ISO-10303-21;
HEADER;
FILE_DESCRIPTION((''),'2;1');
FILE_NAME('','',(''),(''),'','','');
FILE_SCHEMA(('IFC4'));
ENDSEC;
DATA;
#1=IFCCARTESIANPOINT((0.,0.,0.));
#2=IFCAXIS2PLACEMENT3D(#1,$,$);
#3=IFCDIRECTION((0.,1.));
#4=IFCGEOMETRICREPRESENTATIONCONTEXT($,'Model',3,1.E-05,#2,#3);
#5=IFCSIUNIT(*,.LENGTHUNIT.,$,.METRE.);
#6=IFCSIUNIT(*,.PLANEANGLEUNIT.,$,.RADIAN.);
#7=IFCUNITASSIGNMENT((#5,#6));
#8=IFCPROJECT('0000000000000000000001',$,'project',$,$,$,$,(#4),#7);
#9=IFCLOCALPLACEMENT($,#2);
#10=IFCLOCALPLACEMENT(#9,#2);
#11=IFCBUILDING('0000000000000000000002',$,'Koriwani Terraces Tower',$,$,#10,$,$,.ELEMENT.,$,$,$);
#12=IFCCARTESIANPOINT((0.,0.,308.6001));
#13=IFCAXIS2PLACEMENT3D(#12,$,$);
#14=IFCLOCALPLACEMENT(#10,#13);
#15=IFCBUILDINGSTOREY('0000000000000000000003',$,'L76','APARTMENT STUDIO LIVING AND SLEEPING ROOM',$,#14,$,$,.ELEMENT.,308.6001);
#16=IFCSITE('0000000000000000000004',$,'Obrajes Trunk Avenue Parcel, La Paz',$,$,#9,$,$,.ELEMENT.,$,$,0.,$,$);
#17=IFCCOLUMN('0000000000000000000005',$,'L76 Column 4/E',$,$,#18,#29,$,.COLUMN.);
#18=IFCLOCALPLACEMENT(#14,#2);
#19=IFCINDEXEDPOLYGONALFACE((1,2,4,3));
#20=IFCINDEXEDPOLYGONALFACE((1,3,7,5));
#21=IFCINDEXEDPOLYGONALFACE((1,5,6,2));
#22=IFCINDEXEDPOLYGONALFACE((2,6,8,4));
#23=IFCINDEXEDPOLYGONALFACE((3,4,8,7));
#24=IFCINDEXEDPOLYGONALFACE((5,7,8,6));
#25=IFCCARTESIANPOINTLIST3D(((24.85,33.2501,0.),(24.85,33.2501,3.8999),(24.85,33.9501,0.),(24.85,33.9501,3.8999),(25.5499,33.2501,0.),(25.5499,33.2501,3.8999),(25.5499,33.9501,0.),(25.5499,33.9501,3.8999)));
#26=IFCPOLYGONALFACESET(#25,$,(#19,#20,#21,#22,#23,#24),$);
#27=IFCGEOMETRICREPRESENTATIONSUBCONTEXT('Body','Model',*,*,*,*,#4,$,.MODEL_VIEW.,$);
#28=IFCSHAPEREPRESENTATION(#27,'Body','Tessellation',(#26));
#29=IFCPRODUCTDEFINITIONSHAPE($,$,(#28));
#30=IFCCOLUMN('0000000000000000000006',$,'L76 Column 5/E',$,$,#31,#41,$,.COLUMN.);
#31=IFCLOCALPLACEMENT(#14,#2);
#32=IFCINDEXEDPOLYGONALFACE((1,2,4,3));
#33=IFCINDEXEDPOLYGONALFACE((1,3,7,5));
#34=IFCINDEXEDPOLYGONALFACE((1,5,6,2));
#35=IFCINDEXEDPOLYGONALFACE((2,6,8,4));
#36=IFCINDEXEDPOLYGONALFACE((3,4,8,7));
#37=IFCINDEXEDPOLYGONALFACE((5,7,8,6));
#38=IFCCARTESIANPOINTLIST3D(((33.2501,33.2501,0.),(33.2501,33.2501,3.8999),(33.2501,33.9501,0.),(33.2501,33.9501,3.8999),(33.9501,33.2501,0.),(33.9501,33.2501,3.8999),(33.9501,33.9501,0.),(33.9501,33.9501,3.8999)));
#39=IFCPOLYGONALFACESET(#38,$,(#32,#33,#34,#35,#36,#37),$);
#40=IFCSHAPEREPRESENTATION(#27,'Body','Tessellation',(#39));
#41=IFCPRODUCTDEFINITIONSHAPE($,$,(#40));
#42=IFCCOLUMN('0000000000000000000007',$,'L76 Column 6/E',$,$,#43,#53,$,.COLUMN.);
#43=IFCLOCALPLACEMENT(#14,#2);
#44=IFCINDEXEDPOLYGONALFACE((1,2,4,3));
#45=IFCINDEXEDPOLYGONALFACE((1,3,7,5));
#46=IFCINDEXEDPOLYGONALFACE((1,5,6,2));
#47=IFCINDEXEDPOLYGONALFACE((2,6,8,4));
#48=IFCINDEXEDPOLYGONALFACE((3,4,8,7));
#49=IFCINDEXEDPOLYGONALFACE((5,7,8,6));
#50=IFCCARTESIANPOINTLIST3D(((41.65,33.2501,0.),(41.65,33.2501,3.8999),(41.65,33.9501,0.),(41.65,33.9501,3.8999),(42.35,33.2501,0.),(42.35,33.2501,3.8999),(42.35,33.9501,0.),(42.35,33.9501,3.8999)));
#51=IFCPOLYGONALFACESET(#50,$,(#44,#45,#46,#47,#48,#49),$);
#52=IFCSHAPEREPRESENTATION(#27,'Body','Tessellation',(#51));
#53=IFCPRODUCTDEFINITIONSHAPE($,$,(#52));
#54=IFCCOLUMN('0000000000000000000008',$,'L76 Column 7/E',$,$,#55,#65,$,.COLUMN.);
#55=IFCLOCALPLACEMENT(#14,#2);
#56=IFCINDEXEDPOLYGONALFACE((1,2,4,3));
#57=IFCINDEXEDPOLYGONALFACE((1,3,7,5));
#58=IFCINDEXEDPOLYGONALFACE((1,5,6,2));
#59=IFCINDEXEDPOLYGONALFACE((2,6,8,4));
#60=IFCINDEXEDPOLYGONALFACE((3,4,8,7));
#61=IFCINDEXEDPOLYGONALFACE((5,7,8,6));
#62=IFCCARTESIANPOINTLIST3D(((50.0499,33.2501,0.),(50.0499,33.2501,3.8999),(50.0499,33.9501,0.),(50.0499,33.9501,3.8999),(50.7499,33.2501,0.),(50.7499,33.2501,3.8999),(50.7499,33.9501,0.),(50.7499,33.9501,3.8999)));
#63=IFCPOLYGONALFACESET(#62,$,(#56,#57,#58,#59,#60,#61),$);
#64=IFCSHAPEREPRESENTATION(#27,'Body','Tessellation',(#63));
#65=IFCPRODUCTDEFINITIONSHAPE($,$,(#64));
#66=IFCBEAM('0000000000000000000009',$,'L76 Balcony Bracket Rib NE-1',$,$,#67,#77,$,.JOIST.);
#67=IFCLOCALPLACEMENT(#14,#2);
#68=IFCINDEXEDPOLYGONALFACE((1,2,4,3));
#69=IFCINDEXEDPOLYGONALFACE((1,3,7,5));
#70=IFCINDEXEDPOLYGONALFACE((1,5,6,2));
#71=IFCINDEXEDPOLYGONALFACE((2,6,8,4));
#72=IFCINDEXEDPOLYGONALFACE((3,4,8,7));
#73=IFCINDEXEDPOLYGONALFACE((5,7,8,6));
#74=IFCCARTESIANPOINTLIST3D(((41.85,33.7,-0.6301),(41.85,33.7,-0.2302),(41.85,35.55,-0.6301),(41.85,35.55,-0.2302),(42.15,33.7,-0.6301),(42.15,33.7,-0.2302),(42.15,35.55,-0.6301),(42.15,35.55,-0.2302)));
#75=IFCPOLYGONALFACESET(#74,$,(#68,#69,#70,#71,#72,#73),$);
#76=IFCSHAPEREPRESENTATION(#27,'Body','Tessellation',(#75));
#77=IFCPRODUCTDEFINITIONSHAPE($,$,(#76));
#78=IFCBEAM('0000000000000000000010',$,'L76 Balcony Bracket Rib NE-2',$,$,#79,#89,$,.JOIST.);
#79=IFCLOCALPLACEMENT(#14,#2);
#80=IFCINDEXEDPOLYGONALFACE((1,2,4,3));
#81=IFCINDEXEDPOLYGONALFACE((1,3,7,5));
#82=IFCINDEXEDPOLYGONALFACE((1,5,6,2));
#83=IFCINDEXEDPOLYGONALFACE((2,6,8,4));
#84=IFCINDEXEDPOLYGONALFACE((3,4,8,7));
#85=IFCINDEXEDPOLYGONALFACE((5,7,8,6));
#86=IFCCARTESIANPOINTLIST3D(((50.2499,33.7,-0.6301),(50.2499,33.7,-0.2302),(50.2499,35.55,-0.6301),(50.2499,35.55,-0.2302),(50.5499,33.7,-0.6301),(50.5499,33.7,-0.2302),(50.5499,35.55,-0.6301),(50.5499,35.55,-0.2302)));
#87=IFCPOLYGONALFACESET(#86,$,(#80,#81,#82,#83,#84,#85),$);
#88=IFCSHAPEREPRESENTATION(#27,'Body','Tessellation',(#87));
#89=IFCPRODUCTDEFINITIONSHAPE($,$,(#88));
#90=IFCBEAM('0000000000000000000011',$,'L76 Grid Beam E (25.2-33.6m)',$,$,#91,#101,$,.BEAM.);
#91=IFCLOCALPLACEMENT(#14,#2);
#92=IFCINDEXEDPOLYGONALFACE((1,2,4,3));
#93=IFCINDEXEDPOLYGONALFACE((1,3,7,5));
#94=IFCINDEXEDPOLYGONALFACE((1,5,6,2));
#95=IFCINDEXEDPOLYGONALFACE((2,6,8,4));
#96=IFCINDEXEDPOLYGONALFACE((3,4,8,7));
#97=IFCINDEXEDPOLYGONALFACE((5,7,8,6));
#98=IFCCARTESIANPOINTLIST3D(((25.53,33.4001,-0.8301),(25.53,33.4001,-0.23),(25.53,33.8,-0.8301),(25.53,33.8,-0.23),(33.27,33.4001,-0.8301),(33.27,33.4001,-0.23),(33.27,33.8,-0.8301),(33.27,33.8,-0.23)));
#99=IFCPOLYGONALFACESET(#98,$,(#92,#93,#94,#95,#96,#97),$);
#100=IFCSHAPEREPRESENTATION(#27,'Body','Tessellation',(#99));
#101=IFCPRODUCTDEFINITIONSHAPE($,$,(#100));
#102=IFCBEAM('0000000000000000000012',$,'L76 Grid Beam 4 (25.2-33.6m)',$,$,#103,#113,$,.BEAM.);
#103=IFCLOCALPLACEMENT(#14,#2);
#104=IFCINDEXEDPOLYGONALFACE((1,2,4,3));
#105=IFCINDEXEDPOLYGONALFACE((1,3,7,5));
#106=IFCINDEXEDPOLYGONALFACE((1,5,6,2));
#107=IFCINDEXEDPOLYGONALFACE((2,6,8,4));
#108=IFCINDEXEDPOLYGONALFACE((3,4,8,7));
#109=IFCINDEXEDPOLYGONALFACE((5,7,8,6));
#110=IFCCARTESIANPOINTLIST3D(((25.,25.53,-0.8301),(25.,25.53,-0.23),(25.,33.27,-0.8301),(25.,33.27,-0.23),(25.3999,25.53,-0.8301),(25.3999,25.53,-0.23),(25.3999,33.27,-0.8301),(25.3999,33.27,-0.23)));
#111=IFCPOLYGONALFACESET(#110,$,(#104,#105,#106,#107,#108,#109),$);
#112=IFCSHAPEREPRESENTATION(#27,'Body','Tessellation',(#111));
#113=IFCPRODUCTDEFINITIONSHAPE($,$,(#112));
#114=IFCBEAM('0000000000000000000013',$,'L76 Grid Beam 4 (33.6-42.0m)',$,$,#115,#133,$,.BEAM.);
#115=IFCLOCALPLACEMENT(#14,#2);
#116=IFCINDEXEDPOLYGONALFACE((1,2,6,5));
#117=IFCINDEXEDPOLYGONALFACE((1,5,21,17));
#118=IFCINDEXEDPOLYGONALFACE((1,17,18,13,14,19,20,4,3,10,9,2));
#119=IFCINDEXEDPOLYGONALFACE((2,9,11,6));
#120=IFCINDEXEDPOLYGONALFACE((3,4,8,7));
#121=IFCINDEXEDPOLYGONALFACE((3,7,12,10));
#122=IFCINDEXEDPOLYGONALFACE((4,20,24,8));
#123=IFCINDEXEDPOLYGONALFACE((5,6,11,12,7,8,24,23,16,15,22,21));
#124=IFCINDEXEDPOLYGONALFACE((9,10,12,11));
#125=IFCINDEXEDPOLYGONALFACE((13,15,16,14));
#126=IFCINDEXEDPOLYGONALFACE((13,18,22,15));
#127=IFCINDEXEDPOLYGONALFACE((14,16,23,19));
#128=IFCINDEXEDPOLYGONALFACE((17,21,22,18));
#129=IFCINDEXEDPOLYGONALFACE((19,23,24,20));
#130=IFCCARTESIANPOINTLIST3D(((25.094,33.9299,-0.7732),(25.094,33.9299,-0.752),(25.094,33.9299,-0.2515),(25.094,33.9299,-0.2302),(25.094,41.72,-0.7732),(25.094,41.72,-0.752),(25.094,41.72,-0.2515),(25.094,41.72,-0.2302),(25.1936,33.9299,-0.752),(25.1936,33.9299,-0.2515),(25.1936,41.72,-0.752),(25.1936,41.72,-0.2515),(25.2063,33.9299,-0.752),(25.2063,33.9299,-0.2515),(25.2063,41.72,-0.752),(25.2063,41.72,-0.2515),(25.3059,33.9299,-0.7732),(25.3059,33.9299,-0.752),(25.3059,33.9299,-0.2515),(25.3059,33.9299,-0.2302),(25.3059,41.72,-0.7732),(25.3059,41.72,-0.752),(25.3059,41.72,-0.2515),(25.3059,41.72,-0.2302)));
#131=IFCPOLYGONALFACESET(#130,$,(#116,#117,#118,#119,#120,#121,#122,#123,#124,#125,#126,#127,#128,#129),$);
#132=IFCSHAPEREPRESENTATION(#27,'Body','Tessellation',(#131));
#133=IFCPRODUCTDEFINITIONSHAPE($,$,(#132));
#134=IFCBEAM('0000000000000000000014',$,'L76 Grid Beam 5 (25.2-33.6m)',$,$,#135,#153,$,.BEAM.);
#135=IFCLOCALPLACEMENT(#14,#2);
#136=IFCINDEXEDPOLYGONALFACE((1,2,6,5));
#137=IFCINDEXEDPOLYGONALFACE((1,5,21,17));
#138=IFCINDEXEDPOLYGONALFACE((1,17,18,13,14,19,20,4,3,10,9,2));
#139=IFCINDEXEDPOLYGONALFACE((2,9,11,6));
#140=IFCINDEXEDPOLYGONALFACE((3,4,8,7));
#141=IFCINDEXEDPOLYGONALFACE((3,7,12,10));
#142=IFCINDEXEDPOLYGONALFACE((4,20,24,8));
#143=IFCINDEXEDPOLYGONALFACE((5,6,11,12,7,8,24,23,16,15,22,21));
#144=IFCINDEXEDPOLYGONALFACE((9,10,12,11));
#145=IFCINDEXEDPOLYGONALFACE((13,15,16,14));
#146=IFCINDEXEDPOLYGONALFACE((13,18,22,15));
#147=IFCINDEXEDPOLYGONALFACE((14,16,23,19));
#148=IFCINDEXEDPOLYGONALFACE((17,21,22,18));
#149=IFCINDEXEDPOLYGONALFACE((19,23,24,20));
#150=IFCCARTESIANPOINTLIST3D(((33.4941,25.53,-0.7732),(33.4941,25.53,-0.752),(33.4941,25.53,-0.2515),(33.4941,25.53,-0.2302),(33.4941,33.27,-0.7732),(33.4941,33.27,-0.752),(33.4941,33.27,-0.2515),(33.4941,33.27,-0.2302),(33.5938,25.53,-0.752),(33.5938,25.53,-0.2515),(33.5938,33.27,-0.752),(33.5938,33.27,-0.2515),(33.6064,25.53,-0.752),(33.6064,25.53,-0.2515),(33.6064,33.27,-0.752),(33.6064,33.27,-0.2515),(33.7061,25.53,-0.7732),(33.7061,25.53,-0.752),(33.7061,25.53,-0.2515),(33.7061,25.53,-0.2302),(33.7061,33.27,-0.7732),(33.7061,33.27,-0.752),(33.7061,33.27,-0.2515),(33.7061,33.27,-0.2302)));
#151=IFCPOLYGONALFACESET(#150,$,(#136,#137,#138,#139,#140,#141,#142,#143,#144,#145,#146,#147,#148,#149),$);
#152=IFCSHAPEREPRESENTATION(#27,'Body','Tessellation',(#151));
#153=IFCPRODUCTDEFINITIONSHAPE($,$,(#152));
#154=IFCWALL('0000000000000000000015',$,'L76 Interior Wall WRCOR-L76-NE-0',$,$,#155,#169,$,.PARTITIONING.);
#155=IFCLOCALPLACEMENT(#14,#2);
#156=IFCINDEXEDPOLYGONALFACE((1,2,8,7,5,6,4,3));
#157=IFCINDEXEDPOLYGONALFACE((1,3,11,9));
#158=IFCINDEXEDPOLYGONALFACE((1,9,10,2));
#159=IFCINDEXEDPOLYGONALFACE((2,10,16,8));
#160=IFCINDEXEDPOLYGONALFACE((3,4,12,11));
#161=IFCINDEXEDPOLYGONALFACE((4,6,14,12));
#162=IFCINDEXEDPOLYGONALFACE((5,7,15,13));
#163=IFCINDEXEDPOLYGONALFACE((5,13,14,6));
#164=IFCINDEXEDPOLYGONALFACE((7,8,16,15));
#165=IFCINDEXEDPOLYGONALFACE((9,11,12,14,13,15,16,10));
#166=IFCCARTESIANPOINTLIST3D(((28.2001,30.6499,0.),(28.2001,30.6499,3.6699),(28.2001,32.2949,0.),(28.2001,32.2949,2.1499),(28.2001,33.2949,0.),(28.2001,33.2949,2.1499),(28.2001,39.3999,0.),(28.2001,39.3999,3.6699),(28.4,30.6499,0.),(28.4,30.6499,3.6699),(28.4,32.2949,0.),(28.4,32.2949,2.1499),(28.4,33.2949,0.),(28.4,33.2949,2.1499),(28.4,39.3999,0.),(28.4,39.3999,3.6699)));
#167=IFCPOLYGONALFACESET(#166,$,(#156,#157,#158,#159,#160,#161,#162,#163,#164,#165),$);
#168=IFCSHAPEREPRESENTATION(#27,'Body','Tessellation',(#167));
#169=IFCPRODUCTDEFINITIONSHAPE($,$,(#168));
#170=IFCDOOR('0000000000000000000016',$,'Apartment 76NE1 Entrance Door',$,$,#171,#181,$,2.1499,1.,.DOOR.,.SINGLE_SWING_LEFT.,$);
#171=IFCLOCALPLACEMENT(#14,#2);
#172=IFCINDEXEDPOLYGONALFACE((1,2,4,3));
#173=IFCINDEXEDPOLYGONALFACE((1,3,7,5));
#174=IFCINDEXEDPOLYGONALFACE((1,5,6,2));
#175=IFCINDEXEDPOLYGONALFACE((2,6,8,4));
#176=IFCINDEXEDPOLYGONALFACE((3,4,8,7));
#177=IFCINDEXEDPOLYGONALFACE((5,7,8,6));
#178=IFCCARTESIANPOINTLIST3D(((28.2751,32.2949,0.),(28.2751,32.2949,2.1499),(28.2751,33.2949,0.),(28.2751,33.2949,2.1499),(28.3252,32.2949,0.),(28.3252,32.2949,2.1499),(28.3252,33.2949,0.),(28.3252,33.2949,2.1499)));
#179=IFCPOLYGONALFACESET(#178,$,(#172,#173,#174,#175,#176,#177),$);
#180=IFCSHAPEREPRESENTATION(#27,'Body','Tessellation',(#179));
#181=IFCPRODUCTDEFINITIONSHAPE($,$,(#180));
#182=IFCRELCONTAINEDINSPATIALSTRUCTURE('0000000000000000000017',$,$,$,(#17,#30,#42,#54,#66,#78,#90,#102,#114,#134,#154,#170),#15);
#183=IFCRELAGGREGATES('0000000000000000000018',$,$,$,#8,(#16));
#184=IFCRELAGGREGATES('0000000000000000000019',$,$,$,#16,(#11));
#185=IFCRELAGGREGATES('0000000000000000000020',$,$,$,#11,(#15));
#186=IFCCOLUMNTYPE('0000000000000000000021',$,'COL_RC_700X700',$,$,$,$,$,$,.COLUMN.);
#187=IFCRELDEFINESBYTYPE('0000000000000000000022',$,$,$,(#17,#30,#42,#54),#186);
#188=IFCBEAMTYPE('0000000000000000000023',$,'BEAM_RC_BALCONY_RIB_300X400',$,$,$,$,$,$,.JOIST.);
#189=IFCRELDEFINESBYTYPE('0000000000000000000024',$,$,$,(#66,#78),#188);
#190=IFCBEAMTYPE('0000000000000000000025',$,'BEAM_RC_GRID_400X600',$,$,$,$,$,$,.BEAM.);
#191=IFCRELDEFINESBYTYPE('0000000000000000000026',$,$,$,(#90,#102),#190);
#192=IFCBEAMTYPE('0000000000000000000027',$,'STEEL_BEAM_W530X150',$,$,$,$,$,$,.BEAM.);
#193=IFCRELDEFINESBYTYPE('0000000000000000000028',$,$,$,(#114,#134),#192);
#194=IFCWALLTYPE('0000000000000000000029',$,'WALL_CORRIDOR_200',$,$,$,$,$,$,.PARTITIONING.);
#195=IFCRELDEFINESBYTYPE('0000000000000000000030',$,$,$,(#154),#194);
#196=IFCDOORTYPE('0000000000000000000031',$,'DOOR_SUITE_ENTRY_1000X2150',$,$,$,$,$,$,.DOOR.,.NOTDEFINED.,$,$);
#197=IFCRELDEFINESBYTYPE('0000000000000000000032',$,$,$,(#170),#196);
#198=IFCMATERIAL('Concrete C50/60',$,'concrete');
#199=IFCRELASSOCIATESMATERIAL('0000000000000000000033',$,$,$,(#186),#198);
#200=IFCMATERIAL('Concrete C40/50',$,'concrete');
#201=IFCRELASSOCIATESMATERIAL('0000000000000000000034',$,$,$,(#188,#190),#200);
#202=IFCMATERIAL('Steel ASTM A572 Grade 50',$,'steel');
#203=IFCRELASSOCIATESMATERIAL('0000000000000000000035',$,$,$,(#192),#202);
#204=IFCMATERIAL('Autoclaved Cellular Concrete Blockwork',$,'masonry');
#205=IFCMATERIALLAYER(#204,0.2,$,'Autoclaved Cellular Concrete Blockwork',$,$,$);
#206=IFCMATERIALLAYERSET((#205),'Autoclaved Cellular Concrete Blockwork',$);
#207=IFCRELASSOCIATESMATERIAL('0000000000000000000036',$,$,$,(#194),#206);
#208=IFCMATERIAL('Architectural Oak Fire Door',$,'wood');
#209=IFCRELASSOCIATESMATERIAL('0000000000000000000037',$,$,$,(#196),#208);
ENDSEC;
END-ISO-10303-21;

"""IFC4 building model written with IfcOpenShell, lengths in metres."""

from ifc_helpers import new_model, si_unit, direction, frame, frame_2d, origin, origin_2d, place, context, subcontext, project, spatial, rectangle, i_section, extrude, material, layer, layer_set, material_profile, profile_set, type_object, element, fill, save


model = new_model("IFC4")

# Units and contexts
model_context = context("Model", 3, precision=1e-05, world=origin(), true_north=direction((0.0, 1.0)))
body_context = subcontext(model_context, "Body", "Model", "MODEL_VIEW")
ifc_project = project(units=[si_unit("LENGTHUNIT", "METRE"), si_unit("PLANEANGLEUNIT", "RADIAN")], contexts=[model_context])

# Site, building, storey
site_placement = place(None, origin())
site = spatial("IfcSite", under=ifc_project, at=site_placement, Name="Obrajes Trunk Avenue Parcel, La Paz", CompositionType="ELEMENT", RefElevation=0.0)
building_placement = place(site_placement, origin())
building = spatial("IfcBuilding", under=site, at=building_placement, Name="Koriwani Terraces Tower", CompositionType="ELEMENT")
storey_placement = place(building_placement, frame((0.0, 0.0, 308.6001)))
storey = spatial("IfcBuildingStorey", under=building, at=storey_placement, Name="L76", Description="APARTMENT STUDIO LIVING AND SLEEPING ROOM", CompositionType="ELEMENT", Elevation=308.6001)

# Columns
ifc_material_1 = material(Name="Concrete C50/60", Category="concrete")
ifc_material_profile_1 = material_profile(ifc_material_1, rectangle(XDim=0.7, YDim=0.7, at=origin_2d()), Name="Concrete C50/60", Category="LoadBearing")
ifc_profile_set_1 = profile_set([ifc_material_profile_1], Name="Concrete C50/60")
column_type = type_object("IfcColumnType", Name="COL_RC_700X700", PredefinedType="COLUMN", material=ifc_profile_set_1)
for number, where, z_axis, x_axis, name in (
    (1, (25.2, 33.6001, 0.0), (0.0, 0.0, 1.0), (1.0, 0.0, 0.0), "L76 Column 4/E"),
    (2, (33.6001, 33.6001, 0.0), (0.0, 0.0, 1.0), (1.0, 0.0, 0.0), "L76 Column 5/E"),
    (3, (42.0, 33.6001, 0.0), (0.0, 0.0, 1.0), (1.0, 0.0, 0.0), "L76 Column 6/E"),
    (4, (50.3999, 33.6001, 0.0), (0.0, 0.0, 1.0), (1.0, 0.0, 0.0), "L76 Column 7/E"),
):
    element("IfcColumn", number, at=place(storey_placement, frame(where, z_axis=z_axis, x_axis=x_axis)), inside=storey, type_object=column_type, Name=name, PredefinedType="COLUMN", context=body_context, shape_type="SweptSolid", body=[
        extrude(rectangle(XDim=0.7, YDim=0.7, at=origin_2d()), origin(), (0.0, 0.0, 1.0), 3.8999),
    ])

# Beams
ifc_material_2 = material(Name="Concrete C40/50", Category="concrete")
ifc_material_profile_2 = material_profile(ifc_material_2, rectangle(XDim=0.3, YDim=0.3999, at=origin_2d()), Name="Concrete C40/50", Category="LoadBearing")
ifc_profile_set_2 = profile_set([ifc_material_profile_2], Name="Concrete C40/50")
beam_type_1 = type_object("IfcBeamType", Name="BEAM_RC_BALCONY_RIB_300X400", PredefinedType="JOIST", material=ifc_profile_set_2)
for number, where, z_axis, x_axis, name in (
    (5, (42.0, 33.7, -0.4302), (0.0, 1.0, 0.0), (-1.0, 0.0, 0.0), "L76 Balcony Bracket Rib NE-1"),
    (6, (50.3999, 33.7, -0.4302), (0.0, 1.0, 0.0), (-1.0, 0.0, 0.0), "L76 Balcony Bracket Rib NE-2"),
):
    element("IfcBeam", number, at=place(storey_placement, frame(where, z_axis=z_axis, x_axis=x_axis)), inside=storey, type_object=beam_type_1, Name=name, PredefinedType="JOIST", context=body_context, shape_type="SweptSolid", body=[
        extrude(rectangle(XDim=0.3, YDim=0.3999, at=origin_2d()), origin(), (0.0, 0.0, 1.0), 1.8501),
    ])
ifc_material_profile_3 = material_profile(ifc_material_2, rectangle(XDim=0.3999, YDim=0.6001, at=origin_2d()), Name="Concrete C40/50", Category="LoadBearing")
ifc_profile_set_3 = profile_set([ifc_material_profile_3], Name="Concrete C40/50")
beam_type_2 = type_object("IfcBeamType", Name="BEAM_RC_GRID_400X600", PredefinedType="BEAM", material=ifc_profile_set_3)
for number, where, z_axis, x_axis, name in (
    (7, (25.53, 33.6001, -0.53), (1.0, 0.0, 0.0), (0.0, 1.0, 0.0), "L76 Grid Beam E (25.2-33.6m)"),
    (8, (25.2, 25.53, -0.53), (0.0, 1.0, 0.0), (-1.0, 0.0, 0.0), "L76 Grid Beam 4 (25.2-33.6m)"),
):
    element("IfcBeam", number, at=place(storey_placement, frame(where, z_axis=z_axis, x_axis=x_axis)), inside=storey, type_object=beam_type_2, Name=name, PredefinedType="BEAM", context=body_context, shape_type="SweptSolid", body=[
        extrude(rectangle(XDim=0.3999, YDim=0.6001, at=origin_2d()), origin(), (0.0, 0.0, 1.0), 7.74),
    ])
ifc_material_3 = material(Name="Steel ASTM A572 Grade 50", Category="steel")
ifc_material_profile_4 = material_profile(ifc_material_3, i_section(OverallWidth=0.2119, OverallDepth=0.543, WebThickness=0.0127, FlangeThickness=0.0212, at=origin_2d()), Name="Steel ASTM A572 Grade 50", Category="LoadBearing")
ifc_profile_set_4 = profile_set([ifc_material_profile_4], Name="Steel ASTM A572 Grade 50")
beam_type_3 = type_object("IfcBeamType", Name="STEEL_BEAM_W530X150", PredefinedType="BEAM", material=ifc_profile_set_4)
beam_1_placement = place(storey_placement, frame((25.2, 33.9299, -0.5017), z_axis=(0.0, 1.0, 0.0), x_axis=(-1.0, 0.0, 0.0)))
element("IfcBeam", 9, at=beam_1_placement, inside=storey, type_object=beam_type_3, Name="L76 Grid Beam 4 (33.6-42.0m)", PredefinedType="BEAM", context=body_context, shape_type="SweptSolid", body=[
    extrude(i_section(OverallWidth=0.2119, OverallDepth=0.543, WebThickness=0.0127, FlangeThickness=0.0212, at=origin_2d()), origin(), (0.0, 0.0, 1.0), 7.79),
])
beam_2_placement = place(storey_placement, frame((33.6001, 25.53, -0.5017), z_axis=(0.0, 1.0, 0.0), x_axis=(-1.0, 0.0, 0.0)))
element("IfcBeam", 10, at=beam_2_placement, inside=storey, type_object=beam_type_3, Name="L76 Grid Beam 5 (25.2-33.6m)", PredefinedType="BEAM", context=body_context, shape_type="SweptSolid", body=[
    extrude(i_section(OverallWidth=0.2119, OverallDepth=0.543, WebThickness=0.0127, FlangeThickness=0.0212, at=origin_2d()), origin(), (0.0, 0.0, 1.0), 7.74),
])

# Wall, opening, door
ifc_material_4 = material(Name="Autoclaved Cellular Concrete Blockwork", Category="masonry")
ifc_layer_1 = layer(ifc_material_4, 0.2, Name="Autoclaved Cellular Concrete Blockwork")
ifc_layer_set_1 = layer_set([ifc_layer_1], Name="Autoclaved Cellular Concrete Blockwork")
wall_type_1 = type_object("IfcWallType", Name="WALL_CORRIDOR_200", PredefinedType="PARTITIONING", material=ifc_layer_set_1)
wall_1_placement = place(storey_placement, frame((28.3, 30.6499, 0.0), z_axis=(0.0, 0.0, 1.0), x_axis=(0.0, 1.0, 0.0)))
wall_1 = element("IfcWall", 11, at=wall_1_placement, inside=storey, type_object=wall_type_1, Name="L76 Interior Wall WRCOR-L76-NE-0", PredefinedType="PARTITIONING", context=body_context, shape_type="SweptSolid", body=[
    extrude(rectangle(XDim=8.75, YDim=0.2, at=frame_2d((4.375, 0.0))), origin(), (0.0, 0.0, 1.0), 3.6699),
])
opening_1_placement = place(wall_1_placement, frame((1.645, 0.0, 0.0)))
opening_1 = element("IfcOpeningElement", 12, at=opening_1_placement, cuts=wall_1, PredefinedType="OPENING", context=body_context, shape_type="SweptSolid", body=[
    extrude(rectangle(XDim=1.0, YDim=2.1499, at=frame_2d((0.5, 1.075))), frame((0.0, 0.1099, 0.0), z_axis=(0.0, -1.0, 0.0), x_axis=(1.0, 0.0, 0.0)), (0.0, 0.0, 1.0), 0.22),
])
ifc_material_5 = material(Name="Architectural Oak Fire Door", Category="wood")
door_type_1 = type_object("IfcDoorType", Name="DOOR_SUITE_ENTRY_1000X2150", OperationType="NOTDEFINED", PredefinedType="DOOR", material=ifc_material_5)
door_1_placement = place(opening_1_placement, origin())
door_1 = element("IfcDoor", 13, at=door_1_placement, inside=storey, type_object=door_type_1, Name="Apartment 76NE1 Entrance Door", OperationType="SINGLE_SWING_LEFT", OverallHeight=2.1499, OverallWidth=1.0, PredefinedType="DOOR", context=body_context, shape_type="SweptSolid", body=[
    extrude(rectangle(XDim=1.0, YDim=2.1499, at=frame_2d((0.5, 1.075))), frame((0.0, 0.0249, 0.0), z_axis=(0.0, -1.0, 0.0), x_axis=(1.0, 0.0, 0.0)), (0.0, 0.0, 1.0), 0.05),
])
fill(opening_1, door_1)

save(model, "model.ifc")
